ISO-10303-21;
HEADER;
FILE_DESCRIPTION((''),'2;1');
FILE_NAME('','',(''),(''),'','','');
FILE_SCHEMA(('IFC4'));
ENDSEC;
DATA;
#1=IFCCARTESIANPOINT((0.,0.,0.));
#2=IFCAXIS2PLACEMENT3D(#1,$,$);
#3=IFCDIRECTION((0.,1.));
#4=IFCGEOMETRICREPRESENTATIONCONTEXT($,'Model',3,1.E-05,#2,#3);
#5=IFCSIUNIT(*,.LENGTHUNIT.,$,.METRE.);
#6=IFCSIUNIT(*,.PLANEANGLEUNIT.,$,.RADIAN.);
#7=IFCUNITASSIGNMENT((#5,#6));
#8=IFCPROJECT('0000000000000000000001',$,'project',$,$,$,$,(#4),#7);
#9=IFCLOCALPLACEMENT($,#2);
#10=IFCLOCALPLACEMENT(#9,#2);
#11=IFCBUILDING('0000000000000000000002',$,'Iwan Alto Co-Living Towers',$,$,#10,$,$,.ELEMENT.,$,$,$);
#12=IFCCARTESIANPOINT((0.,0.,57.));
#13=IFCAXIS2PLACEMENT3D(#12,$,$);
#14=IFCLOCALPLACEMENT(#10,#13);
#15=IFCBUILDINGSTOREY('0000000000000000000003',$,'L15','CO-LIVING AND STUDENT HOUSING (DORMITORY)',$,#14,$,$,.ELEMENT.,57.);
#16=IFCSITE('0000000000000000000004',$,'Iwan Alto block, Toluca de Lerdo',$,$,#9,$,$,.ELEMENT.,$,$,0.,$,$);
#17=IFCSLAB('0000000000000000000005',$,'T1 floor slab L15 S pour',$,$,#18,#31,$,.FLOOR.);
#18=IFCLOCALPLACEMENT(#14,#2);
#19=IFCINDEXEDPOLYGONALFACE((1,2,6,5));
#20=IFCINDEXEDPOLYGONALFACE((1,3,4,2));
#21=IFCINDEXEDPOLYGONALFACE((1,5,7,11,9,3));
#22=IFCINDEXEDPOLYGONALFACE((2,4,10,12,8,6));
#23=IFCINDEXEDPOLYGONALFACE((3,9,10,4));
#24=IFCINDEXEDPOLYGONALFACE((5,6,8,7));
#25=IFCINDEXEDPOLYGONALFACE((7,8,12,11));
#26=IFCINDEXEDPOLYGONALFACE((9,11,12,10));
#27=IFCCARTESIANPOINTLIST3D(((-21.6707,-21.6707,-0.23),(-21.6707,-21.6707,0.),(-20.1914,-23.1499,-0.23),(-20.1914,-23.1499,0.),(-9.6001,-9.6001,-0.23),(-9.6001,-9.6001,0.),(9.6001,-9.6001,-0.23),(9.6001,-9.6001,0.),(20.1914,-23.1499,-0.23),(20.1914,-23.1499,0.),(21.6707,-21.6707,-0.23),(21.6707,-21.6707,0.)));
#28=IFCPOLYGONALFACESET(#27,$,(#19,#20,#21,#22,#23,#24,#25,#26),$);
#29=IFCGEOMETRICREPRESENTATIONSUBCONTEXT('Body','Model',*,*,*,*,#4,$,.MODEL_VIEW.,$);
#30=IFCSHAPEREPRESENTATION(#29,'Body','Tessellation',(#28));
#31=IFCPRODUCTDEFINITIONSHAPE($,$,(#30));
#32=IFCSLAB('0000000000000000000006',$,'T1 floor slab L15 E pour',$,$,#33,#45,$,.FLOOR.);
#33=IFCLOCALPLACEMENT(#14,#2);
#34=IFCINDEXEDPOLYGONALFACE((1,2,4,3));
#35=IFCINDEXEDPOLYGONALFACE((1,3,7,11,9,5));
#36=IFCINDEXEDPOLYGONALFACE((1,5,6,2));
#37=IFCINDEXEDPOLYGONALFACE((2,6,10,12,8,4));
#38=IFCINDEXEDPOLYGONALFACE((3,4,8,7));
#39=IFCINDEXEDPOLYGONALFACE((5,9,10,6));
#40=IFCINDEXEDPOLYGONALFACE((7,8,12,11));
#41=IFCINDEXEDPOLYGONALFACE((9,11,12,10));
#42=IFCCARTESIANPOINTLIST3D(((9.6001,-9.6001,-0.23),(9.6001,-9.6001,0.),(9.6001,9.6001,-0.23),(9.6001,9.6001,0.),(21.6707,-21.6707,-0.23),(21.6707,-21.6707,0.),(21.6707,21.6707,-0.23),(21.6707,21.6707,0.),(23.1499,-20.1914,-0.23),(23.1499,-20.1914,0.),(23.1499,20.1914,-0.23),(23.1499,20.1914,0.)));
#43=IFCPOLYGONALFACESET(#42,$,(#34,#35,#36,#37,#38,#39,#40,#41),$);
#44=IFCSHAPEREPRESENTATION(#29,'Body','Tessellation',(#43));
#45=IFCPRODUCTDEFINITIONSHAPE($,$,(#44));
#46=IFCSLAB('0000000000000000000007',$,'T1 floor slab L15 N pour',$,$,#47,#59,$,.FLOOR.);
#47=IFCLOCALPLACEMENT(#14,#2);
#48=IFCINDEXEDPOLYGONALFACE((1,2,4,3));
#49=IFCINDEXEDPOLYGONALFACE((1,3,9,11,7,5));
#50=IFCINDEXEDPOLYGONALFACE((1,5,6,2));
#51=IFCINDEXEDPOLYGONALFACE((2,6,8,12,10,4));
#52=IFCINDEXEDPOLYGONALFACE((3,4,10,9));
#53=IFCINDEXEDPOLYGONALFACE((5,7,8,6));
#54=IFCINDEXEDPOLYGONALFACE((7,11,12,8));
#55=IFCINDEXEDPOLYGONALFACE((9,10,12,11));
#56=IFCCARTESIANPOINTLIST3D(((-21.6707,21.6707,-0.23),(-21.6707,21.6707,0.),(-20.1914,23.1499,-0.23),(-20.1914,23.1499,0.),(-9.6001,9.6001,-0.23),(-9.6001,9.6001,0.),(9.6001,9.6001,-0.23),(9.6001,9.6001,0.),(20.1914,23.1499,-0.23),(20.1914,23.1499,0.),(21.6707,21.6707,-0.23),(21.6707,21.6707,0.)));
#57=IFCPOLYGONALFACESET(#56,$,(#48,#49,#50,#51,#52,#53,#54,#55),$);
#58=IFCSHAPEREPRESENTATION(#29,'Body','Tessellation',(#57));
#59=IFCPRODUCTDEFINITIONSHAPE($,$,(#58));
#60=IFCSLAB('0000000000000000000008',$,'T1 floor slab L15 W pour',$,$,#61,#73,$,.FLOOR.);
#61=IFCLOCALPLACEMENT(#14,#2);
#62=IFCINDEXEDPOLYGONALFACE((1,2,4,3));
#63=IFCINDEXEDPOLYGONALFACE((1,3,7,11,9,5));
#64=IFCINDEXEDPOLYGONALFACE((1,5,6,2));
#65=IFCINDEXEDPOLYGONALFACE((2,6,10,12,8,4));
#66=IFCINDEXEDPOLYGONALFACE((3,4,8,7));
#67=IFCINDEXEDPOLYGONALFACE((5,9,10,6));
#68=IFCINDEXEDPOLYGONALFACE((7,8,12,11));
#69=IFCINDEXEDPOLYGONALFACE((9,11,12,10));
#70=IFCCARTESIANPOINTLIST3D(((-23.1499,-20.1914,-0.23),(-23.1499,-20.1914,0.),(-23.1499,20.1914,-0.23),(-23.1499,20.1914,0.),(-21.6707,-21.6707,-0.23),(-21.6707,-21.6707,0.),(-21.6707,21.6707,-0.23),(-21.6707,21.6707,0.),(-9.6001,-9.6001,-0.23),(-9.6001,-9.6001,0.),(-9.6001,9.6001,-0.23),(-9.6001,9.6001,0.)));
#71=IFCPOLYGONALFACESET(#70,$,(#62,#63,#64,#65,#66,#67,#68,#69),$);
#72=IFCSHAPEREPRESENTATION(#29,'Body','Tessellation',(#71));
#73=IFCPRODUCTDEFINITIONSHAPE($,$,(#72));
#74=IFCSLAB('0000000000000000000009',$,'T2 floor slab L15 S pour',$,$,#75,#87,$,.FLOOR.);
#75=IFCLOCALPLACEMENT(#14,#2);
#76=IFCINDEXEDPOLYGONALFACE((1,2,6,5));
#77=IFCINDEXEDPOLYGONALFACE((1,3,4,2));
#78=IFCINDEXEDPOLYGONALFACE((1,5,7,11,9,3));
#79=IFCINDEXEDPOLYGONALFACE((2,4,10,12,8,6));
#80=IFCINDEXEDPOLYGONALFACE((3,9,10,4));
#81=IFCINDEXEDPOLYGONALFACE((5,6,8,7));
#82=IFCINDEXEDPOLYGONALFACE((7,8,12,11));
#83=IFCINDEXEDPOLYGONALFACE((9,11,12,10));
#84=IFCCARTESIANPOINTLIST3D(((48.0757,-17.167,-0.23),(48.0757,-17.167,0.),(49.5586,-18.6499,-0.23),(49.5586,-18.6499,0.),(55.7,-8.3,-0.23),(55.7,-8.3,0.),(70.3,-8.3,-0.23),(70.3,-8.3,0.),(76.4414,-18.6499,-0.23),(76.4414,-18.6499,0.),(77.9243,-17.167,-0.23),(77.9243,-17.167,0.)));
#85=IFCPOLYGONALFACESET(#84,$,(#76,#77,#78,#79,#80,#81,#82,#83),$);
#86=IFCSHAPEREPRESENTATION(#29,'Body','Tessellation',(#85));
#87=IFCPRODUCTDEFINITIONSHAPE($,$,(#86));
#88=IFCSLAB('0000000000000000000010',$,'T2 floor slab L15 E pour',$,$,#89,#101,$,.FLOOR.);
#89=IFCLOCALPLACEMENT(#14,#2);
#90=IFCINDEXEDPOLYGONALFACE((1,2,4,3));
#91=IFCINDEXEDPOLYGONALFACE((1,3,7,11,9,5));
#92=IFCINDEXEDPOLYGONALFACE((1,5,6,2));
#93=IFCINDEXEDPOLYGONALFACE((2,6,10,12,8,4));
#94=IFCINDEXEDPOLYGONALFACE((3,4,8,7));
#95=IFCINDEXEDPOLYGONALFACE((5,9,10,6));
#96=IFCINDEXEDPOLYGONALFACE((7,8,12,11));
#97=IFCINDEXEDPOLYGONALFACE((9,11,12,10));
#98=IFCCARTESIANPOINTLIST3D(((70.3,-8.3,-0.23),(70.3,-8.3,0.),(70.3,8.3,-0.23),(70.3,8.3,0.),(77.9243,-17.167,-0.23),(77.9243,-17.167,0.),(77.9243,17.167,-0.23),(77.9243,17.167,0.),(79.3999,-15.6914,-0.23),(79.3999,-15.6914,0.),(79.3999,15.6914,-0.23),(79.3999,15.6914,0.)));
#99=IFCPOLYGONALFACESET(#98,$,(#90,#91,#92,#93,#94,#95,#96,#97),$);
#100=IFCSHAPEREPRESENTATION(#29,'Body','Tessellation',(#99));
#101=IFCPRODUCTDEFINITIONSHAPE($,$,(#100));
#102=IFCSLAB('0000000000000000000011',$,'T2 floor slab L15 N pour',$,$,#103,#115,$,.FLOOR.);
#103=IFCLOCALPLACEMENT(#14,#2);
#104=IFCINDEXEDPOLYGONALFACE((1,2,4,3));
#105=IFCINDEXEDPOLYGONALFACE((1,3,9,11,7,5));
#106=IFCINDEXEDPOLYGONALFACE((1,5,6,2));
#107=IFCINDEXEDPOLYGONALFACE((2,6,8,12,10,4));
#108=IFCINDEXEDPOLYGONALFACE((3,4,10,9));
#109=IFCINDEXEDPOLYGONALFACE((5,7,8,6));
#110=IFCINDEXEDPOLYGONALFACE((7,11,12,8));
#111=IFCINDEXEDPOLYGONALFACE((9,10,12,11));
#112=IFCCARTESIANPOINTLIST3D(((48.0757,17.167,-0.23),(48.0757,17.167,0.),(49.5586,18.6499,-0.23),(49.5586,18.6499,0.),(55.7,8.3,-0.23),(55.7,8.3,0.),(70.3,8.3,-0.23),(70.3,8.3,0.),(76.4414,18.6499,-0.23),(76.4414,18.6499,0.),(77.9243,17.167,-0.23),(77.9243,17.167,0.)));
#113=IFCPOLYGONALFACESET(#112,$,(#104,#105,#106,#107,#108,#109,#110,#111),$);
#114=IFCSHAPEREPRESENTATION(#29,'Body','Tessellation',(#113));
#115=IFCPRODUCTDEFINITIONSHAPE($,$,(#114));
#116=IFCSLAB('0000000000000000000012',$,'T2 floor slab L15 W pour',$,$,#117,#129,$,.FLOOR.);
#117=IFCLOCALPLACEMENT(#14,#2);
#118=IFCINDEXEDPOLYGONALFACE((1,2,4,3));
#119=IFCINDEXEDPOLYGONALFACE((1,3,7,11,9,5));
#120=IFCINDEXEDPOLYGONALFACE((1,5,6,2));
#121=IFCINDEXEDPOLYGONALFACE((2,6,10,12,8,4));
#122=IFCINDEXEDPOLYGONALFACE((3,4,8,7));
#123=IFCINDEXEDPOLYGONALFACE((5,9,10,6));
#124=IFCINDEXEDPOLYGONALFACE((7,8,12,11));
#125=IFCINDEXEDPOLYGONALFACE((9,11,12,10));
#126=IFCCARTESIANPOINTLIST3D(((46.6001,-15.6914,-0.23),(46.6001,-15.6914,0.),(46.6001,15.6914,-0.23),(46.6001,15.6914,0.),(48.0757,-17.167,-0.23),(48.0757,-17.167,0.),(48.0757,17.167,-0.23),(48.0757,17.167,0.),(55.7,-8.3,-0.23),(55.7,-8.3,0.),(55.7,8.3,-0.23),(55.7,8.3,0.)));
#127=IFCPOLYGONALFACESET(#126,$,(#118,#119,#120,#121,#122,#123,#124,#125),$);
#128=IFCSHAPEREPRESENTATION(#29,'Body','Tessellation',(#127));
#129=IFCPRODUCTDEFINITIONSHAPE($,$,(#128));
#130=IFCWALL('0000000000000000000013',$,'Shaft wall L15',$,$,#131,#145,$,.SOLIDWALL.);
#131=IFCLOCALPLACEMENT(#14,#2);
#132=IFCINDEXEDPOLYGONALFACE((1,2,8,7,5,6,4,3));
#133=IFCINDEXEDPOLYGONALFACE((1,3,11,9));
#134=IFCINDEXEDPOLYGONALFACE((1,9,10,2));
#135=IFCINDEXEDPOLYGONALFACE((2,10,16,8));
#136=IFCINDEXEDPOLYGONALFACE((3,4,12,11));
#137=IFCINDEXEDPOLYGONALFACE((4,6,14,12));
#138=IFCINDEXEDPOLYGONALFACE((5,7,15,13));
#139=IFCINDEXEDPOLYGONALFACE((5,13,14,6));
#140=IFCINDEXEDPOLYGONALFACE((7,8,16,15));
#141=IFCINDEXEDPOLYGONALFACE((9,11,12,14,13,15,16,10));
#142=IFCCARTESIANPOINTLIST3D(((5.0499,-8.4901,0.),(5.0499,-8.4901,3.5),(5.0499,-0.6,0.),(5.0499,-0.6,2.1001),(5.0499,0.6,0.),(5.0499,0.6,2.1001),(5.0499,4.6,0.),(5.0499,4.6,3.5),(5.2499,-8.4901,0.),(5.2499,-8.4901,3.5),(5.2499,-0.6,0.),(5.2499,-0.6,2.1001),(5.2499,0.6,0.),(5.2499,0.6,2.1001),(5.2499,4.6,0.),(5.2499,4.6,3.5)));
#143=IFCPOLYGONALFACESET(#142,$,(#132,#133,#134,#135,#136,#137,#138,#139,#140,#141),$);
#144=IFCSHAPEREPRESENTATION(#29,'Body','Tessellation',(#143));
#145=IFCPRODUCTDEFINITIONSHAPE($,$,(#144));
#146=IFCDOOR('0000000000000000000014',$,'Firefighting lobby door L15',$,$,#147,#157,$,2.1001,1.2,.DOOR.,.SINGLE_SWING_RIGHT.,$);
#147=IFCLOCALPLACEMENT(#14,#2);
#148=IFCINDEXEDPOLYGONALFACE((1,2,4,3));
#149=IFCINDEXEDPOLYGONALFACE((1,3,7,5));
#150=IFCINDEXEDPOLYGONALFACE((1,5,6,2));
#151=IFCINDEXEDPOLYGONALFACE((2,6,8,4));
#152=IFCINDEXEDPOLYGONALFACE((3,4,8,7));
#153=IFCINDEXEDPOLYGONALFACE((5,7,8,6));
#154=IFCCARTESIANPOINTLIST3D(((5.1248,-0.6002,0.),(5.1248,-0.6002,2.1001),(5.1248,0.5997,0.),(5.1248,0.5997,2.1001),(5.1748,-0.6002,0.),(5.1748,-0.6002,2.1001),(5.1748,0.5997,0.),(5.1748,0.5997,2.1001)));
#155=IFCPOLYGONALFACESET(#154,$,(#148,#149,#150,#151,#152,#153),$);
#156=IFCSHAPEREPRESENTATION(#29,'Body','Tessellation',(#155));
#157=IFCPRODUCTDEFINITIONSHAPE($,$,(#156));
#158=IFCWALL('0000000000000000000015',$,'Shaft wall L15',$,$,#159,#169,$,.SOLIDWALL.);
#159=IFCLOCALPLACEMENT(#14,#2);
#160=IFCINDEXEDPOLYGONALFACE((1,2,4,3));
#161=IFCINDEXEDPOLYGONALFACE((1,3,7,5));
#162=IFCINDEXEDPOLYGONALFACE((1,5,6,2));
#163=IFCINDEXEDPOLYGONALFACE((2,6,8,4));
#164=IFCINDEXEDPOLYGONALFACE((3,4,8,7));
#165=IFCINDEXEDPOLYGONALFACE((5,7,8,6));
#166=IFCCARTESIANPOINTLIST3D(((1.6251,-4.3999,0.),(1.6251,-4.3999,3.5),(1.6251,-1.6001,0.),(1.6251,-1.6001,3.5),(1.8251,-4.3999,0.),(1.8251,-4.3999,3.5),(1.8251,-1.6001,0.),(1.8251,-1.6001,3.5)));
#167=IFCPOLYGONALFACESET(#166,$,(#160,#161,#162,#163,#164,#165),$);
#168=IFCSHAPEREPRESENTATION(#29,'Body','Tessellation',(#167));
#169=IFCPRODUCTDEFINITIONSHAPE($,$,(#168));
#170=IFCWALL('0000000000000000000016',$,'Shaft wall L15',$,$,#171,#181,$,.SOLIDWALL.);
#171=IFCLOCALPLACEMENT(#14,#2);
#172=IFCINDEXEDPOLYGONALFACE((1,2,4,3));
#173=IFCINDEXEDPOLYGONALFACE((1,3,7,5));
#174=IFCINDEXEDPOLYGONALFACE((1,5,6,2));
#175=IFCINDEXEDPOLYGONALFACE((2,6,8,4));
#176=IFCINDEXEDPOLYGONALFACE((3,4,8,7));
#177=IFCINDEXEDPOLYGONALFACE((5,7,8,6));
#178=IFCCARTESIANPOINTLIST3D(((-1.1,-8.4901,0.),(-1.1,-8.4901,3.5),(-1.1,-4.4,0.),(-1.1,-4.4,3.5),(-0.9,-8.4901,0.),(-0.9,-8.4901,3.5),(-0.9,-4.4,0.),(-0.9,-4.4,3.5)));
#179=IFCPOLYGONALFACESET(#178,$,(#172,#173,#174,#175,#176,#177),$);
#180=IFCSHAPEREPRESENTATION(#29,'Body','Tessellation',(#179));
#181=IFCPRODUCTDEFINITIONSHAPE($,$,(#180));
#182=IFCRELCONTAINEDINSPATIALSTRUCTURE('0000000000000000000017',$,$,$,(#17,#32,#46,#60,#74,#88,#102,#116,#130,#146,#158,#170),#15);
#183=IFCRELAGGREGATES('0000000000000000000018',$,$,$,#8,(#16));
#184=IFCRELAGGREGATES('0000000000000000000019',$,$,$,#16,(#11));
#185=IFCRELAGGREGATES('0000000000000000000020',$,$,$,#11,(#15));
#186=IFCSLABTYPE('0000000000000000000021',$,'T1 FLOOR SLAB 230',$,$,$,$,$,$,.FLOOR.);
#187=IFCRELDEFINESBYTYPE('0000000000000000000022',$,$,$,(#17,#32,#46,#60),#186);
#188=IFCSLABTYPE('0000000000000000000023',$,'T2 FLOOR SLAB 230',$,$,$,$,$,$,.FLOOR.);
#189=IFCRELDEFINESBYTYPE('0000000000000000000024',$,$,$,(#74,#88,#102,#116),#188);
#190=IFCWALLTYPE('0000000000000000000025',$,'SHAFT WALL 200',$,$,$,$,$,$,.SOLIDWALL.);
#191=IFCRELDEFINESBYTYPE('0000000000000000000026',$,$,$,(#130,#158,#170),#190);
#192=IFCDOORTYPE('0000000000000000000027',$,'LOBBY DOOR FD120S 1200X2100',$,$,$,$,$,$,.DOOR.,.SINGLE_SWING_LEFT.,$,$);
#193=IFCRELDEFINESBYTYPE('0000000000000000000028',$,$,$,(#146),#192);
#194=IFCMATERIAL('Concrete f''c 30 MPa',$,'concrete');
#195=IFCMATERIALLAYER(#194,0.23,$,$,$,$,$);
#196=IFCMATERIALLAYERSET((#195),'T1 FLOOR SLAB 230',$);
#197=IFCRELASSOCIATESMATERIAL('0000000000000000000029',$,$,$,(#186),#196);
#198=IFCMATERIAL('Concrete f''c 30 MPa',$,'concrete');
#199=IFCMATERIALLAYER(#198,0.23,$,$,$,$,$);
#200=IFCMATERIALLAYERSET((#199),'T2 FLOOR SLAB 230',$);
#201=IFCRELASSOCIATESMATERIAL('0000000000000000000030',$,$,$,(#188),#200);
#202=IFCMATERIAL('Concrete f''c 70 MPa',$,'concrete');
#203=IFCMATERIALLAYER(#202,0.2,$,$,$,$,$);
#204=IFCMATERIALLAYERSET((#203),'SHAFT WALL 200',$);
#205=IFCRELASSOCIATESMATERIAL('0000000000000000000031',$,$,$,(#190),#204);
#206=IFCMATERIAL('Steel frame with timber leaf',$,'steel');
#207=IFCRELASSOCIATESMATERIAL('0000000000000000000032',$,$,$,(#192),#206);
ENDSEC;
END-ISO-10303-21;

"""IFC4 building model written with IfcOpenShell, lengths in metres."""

from ifc_helpers import new_model, si_unit, direction, frame, frame_2d, origin, place, context, subcontext, project, spatial, polyline, rectangle, outline, extrude, material, layer, layer_set, type_object, element, fill, save


model = new_model("IFC4")

# Units and contexts
model_context = context("Model", 3, precision=1e-05, world=origin(), true_north=direction((0.0, 1.0)))
body_context = subcontext(model_context, "Body", "Model", "MODEL_VIEW")
ifc_project = project(units=[si_unit("LENGTHUNIT", "METRE"), si_unit("PLANEANGLEUNIT", "RADIAN")], contexts=[model_context])

# Site, building, storey
site_placement = place(None, origin())
site = spatial("IfcSite", under=ifc_project, at=site_placement, Name="Iwan Alto block, Toluca de Lerdo", CompositionType="ELEMENT", RefElevation=0.0)
building_placement = place(site_placement, origin())
building = spatial("IfcBuilding", under=site, at=building_placement, Name="Iwan Alto Co-Living Towers", CompositionType="ELEMENT")
storey_placement = place(building_placement, frame((0.0, 0.0, 57.0)))
storey = spatial("IfcBuildingStorey", under=building, at=storey_placement, Name="L15", Description="CO-LIVING AND STUDENT HOUSING (DORMITORY)", CompositionType="ELEMENT", Elevation=57.0)

# Slabs
ifc_material_1 = material(Name="Concrete f'c 30 MPa", Category="concrete")
ifc_layer_1 = layer(ifc_material_1, 0.23)
ifc_layer_set_1 = layer_set([ifc_layer_1], Name="T1 FLOOR SLAB 230")
slab_type_1 = type_object("IfcSlabType", Name="T1 FLOOR SLAB 230", PredefinedType="FLOOR", material=ifc_layer_set_1)
slab_1_placement = place(storey_placement, frame((0.0, 0.0, -0.23)))
element("IfcSlab", 1, at=slab_1_placement, inside=storey, type_object=slab_type_1, Name="T1 floor slab L15 S pour", PredefinedType="FLOOR", context=body_context, shape_type="SweptSolid", body=[
    extrude(outline(polyline([(20.1914, -23.1499), (-20.1914, -23.1499), (-21.6707, -21.6707), (-9.6001, -9.6001), (9.6001, -9.6001), (21.6707, -21.6707), (20.1914, -23.1499)])), origin(), (0.0, 0.0, 1.0), 0.23),
])
slab_2_placement = place(storey_placement, frame((0.0, 0.0, -0.23)))
element("IfcSlab", 2, at=slab_2_placement, inside=storey, type_object=slab_type_1, Name="T1 floor slab L15 E pour", PredefinedType="FLOOR", context=body_context, shape_type="SweptSolid", body=[
    extrude(outline(polyline([(23.1499, 20.1914), (23.1499, -20.1914), (21.6707, -21.6707), (9.6001, -9.6001), (9.6001, 9.6001), (21.6707, 21.6707), (23.1499, 20.1914)])), origin(), (0.0, 0.0, 1.0), 0.23),
])
slab_3_placement = place(storey_placement, frame((0.0, 0.0, -0.23)))
element("IfcSlab", 3, at=slab_3_placement, inside=storey, type_object=slab_type_1, Name="T1 floor slab L15 N pour", PredefinedType="FLOOR", context=body_context, shape_type="SweptSolid", body=[
    extrude(outline(polyline([(-20.1914, 23.1499), (20.1914, 23.1499), (21.6707, 21.6707), (9.6001, 9.6001), (-9.6001, 9.6001), (-21.6707, 21.6707), (-20.1914, 23.1499)])), origin(), (0.0, 0.0, 1.0), 0.23),
])
slab_4_placement = place(storey_placement, frame((0.0, 0.0, -0.23)))
element("IfcSlab", 4, at=slab_4_placement, inside=storey, type_object=slab_type_1, Name="T1 floor slab L15 W pour", PredefinedType="FLOOR", context=body_context, shape_type="SweptSolid", body=[
    extrude(outline(polyline([(-23.1499, 20.1914), (-21.6707, 21.6707), (-9.6001, 9.6001), (-9.6001, -9.6001), (-21.6707, -21.6707), (-23.1499, -20.1914), (-23.1499, 20.1914)])), origin(), (0.0, 0.0, 1.0), 0.23),
])
ifc_material_2 = material(Name="Concrete f'c 30 MPa", Category="concrete")
ifc_layer_2 = layer(ifc_material_2, 0.23)
ifc_layer_set_2 = layer_set([ifc_layer_2], Name="T2 FLOOR SLAB 230")
slab_type_2 = type_object("IfcSlabType", Name="T2 FLOOR SLAB 230", PredefinedType="FLOOR", material=ifc_layer_set_2)
slab_5_placement = place(storey_placement, frame((0.0, 0.0, -0.23)))
element("IfcSlab", 5, at=slab_5_placement, inside=storey, type_object=slab_type_2, Name="T2 floor slab L15 S pour", PredefinedType="FLOOR", context=body_context, shape_type="SweptSolid", body=[
    extrude(outline(polyline([(76.4414, -18.6499), (49.5586, -18.6499), (48.0757, -17.167), (55.7, -8.3), (70.3, -8.3), (77.9243, -17.167), (76.4414, -18.6499)])), origin(), (0.0, 0.0, 1.0), 0.23),
])
slab_6_placement = place(storey_placement, frame((0.0, 0.0, -0.23)))
element("IfcSlab", 6, at=slab_6_placement, inside=storey, type_object=slab_type_2, Name="T2 floor slab L15 E pour", PredefinedType="FLOOR", context=body_context, shape_type="SweptSolid", body=[
    extrude(outline(polyline([(79.3999, 15.6914), (79.3999, -15.6914), (77.9243, -17.167), (70.3, -8.3), (70.3, 8.3), (77.9243, 17.167), (79.3999, 15.6914)])), origin(), (0.0, 0.0, 1.0), 0.23),
])
slab_7_placement = place(storey_placement, frame((0.0, 0.0, -0.23)))
element("IfcSlab", 7, at=slab_7_placement, inside=storey, type_object=slab_type_2, Name="T2 floor slab L15 N pour", PredefinedType="FLOOR", context=body_context, shape_type="SweptSolid", body=[
    extrude(outline(polyline([(49.5586, 18.6499), (76.4414, 18.6499), (77.9243, 17.167), (70.3, 8.3), (55.7, 8.3), (48.0757, 17.167), (49.5586, 18.6499)])), origin(), (0.0, 0.0, 1.0), 0.23),
])
slab_8_placement = place(storey_placement, frame((0.0, 0.0, -0.23)))
element("IfcSlab", 8, at=slab_8_placement, inside=storey, type_object=slab_type_2, Name="T2 floor slab L15 W pour", PredefinedType="FLOOR", context=body_context, shape_type="SweptSolid", body=[
    extrude(outline(polyline([(46.6001, 15.6914), (48.0757, 17.167), (55.7, 8.3), (55.7, -8.3), (48.0757, -17.167), (46.6001, -15.6914), (46.6001, 15.6914)])), origin(), (0.0, 0.0, 1.0), 0.23),
])

# Wall, opening, door
ifc_material_3 = material(Name="Concrete f'c 70 MPa", Category="concrete")
ifc_layer_3 = layer(ifc_material_3, 0.2)
ifc_layer_set_3 = layer_set([ifc_layer_3], Name="SHAFT WALL 200")
wall_type_1 = type_object("IfcWallType", Name="SHAFT WALL 200", PredefinedType="SOLIDWALL", material=ifc_layer_set_3)
wall_1_placement = place(storey_placement, frame((5.1499, -8.49, 0.0), z_axis=(0.0, 0.0, 1.0), x_axis=(0.0, 1.0, 0.0)))
wall_1 = element("IfcWall", 9, at=wall_1_placement, inside=storey, type_object=wall_type_1, Name="Shaft wall L15", PredefinedType="SOLIDWALL", context=body_context, shape_type="SweptSolid", body=[
    extrude(rectangle(XDim=13.0901, YDim=0.2, at=frame_2d((6.5449, 0.0))), origin(), (0.0, 0.0, 1.0), 3.5),
])
opening_1_placement = place(wall_1_placement, frame((7.8899, 0.0, 0.0)))
opening_1 = element("IfcOpeningElement", 10, at=opening_1_placement, cuts=wall_1, PredefinedType="OPENING", context=body_context, shape_type="SweptSolid", body=[
    extrude(rectangle(XDim=1.2, YDim=2.1001, at=frame_2d((0.6001, 1.05))), frame((0.0, 0.1099, 0.0), z_axis=(0.0, -1.0, 0.0), x_axis=(1.0, 0.0, 0.0)), (0.0, 0.0, 1.0), 0.22),
])
ifc_material_4 = material(Name="Steel frame with timber leaf", Category="steel")
door_type_1 = type_object("IfcDoorType", Name="LOBBY DOOR FD120S 1200X2100", OperationType="SINGLE_SWING_LEFT", PredefinedType="DOOR", material=ifc_material_4)
door_1_placement = place(opening_1_placement, frame((1.2, 0.0, 0.0), z_axis=(0.0, 0.0, 1.0), x_axis=(-1.0, 0.0, 0.0)))
door_1 = element("IfcDoor", 11, at=door_1_placement, inside=storey, type_object=door_type_1, Name="Firefighting lobby door L15", OperationType="SINGLE_SWING_RIGHT", OverallHeight=2.1001, OverallWidth=1.2, PredefinedType="DOOR", context=body_context, shape_type="SweptSolid", body=[
    extrude(rectangle(XDim=1.2, YDim=2.1001, at=frame_2d((0.6001, 1.05))), frame((0.0, 0.0249, 0.0), z_axis=(0.0, -1.0, 0.0), x_axis=(1.0, 0.0, 0.0)), (0.0, 0.0, 1.0), 0.05),
])
fill(opening_1, door_1)

# Walls
wall_2_placement = place(storey_placement, frame((1.7251, -4.3999, 0.0), z_axis=(0.0, 0.0, 1.0), x_axis=(0.0, 1.0, 0.0)))
element("IfcWall", 12, at=wall_2_placement, inside=storey, type_object=wall_type_1, Name="Shaft wall L15", PredefinedType="SOLIDWALL", context=body_context, shape_type="SweptSolid", body=[
    extrude(rectangle(XDim=2.7998, YDim=0.2, at=frame_2d((1.3999, 0.0))), origin(), (0.0, 0.0, 1.0), 3.5),
])
wall_3_placement = place(storey_placement, frame((-1.0, -8.49, 0.0), z_axis=(0.0, 0.0, 1.0), x_axis=(0.0, 1.0, 0.0)))
element("IfcWall", 13, at=wall_3_placement, inside=storey, type_object=wall_type_1, Name="Shaft wall L15", PredefinedType="SOLIDWALL", context=body_context, shape_type="SweptSolid", body=[
    extrude(rectangle(XDim=4.0901, YDim=0.2, at=frame_2d((2.0449, 0.0))), origin(), (0.0, 0.0, 1.0), 3.5),
])

save(model, "model.ifc")
